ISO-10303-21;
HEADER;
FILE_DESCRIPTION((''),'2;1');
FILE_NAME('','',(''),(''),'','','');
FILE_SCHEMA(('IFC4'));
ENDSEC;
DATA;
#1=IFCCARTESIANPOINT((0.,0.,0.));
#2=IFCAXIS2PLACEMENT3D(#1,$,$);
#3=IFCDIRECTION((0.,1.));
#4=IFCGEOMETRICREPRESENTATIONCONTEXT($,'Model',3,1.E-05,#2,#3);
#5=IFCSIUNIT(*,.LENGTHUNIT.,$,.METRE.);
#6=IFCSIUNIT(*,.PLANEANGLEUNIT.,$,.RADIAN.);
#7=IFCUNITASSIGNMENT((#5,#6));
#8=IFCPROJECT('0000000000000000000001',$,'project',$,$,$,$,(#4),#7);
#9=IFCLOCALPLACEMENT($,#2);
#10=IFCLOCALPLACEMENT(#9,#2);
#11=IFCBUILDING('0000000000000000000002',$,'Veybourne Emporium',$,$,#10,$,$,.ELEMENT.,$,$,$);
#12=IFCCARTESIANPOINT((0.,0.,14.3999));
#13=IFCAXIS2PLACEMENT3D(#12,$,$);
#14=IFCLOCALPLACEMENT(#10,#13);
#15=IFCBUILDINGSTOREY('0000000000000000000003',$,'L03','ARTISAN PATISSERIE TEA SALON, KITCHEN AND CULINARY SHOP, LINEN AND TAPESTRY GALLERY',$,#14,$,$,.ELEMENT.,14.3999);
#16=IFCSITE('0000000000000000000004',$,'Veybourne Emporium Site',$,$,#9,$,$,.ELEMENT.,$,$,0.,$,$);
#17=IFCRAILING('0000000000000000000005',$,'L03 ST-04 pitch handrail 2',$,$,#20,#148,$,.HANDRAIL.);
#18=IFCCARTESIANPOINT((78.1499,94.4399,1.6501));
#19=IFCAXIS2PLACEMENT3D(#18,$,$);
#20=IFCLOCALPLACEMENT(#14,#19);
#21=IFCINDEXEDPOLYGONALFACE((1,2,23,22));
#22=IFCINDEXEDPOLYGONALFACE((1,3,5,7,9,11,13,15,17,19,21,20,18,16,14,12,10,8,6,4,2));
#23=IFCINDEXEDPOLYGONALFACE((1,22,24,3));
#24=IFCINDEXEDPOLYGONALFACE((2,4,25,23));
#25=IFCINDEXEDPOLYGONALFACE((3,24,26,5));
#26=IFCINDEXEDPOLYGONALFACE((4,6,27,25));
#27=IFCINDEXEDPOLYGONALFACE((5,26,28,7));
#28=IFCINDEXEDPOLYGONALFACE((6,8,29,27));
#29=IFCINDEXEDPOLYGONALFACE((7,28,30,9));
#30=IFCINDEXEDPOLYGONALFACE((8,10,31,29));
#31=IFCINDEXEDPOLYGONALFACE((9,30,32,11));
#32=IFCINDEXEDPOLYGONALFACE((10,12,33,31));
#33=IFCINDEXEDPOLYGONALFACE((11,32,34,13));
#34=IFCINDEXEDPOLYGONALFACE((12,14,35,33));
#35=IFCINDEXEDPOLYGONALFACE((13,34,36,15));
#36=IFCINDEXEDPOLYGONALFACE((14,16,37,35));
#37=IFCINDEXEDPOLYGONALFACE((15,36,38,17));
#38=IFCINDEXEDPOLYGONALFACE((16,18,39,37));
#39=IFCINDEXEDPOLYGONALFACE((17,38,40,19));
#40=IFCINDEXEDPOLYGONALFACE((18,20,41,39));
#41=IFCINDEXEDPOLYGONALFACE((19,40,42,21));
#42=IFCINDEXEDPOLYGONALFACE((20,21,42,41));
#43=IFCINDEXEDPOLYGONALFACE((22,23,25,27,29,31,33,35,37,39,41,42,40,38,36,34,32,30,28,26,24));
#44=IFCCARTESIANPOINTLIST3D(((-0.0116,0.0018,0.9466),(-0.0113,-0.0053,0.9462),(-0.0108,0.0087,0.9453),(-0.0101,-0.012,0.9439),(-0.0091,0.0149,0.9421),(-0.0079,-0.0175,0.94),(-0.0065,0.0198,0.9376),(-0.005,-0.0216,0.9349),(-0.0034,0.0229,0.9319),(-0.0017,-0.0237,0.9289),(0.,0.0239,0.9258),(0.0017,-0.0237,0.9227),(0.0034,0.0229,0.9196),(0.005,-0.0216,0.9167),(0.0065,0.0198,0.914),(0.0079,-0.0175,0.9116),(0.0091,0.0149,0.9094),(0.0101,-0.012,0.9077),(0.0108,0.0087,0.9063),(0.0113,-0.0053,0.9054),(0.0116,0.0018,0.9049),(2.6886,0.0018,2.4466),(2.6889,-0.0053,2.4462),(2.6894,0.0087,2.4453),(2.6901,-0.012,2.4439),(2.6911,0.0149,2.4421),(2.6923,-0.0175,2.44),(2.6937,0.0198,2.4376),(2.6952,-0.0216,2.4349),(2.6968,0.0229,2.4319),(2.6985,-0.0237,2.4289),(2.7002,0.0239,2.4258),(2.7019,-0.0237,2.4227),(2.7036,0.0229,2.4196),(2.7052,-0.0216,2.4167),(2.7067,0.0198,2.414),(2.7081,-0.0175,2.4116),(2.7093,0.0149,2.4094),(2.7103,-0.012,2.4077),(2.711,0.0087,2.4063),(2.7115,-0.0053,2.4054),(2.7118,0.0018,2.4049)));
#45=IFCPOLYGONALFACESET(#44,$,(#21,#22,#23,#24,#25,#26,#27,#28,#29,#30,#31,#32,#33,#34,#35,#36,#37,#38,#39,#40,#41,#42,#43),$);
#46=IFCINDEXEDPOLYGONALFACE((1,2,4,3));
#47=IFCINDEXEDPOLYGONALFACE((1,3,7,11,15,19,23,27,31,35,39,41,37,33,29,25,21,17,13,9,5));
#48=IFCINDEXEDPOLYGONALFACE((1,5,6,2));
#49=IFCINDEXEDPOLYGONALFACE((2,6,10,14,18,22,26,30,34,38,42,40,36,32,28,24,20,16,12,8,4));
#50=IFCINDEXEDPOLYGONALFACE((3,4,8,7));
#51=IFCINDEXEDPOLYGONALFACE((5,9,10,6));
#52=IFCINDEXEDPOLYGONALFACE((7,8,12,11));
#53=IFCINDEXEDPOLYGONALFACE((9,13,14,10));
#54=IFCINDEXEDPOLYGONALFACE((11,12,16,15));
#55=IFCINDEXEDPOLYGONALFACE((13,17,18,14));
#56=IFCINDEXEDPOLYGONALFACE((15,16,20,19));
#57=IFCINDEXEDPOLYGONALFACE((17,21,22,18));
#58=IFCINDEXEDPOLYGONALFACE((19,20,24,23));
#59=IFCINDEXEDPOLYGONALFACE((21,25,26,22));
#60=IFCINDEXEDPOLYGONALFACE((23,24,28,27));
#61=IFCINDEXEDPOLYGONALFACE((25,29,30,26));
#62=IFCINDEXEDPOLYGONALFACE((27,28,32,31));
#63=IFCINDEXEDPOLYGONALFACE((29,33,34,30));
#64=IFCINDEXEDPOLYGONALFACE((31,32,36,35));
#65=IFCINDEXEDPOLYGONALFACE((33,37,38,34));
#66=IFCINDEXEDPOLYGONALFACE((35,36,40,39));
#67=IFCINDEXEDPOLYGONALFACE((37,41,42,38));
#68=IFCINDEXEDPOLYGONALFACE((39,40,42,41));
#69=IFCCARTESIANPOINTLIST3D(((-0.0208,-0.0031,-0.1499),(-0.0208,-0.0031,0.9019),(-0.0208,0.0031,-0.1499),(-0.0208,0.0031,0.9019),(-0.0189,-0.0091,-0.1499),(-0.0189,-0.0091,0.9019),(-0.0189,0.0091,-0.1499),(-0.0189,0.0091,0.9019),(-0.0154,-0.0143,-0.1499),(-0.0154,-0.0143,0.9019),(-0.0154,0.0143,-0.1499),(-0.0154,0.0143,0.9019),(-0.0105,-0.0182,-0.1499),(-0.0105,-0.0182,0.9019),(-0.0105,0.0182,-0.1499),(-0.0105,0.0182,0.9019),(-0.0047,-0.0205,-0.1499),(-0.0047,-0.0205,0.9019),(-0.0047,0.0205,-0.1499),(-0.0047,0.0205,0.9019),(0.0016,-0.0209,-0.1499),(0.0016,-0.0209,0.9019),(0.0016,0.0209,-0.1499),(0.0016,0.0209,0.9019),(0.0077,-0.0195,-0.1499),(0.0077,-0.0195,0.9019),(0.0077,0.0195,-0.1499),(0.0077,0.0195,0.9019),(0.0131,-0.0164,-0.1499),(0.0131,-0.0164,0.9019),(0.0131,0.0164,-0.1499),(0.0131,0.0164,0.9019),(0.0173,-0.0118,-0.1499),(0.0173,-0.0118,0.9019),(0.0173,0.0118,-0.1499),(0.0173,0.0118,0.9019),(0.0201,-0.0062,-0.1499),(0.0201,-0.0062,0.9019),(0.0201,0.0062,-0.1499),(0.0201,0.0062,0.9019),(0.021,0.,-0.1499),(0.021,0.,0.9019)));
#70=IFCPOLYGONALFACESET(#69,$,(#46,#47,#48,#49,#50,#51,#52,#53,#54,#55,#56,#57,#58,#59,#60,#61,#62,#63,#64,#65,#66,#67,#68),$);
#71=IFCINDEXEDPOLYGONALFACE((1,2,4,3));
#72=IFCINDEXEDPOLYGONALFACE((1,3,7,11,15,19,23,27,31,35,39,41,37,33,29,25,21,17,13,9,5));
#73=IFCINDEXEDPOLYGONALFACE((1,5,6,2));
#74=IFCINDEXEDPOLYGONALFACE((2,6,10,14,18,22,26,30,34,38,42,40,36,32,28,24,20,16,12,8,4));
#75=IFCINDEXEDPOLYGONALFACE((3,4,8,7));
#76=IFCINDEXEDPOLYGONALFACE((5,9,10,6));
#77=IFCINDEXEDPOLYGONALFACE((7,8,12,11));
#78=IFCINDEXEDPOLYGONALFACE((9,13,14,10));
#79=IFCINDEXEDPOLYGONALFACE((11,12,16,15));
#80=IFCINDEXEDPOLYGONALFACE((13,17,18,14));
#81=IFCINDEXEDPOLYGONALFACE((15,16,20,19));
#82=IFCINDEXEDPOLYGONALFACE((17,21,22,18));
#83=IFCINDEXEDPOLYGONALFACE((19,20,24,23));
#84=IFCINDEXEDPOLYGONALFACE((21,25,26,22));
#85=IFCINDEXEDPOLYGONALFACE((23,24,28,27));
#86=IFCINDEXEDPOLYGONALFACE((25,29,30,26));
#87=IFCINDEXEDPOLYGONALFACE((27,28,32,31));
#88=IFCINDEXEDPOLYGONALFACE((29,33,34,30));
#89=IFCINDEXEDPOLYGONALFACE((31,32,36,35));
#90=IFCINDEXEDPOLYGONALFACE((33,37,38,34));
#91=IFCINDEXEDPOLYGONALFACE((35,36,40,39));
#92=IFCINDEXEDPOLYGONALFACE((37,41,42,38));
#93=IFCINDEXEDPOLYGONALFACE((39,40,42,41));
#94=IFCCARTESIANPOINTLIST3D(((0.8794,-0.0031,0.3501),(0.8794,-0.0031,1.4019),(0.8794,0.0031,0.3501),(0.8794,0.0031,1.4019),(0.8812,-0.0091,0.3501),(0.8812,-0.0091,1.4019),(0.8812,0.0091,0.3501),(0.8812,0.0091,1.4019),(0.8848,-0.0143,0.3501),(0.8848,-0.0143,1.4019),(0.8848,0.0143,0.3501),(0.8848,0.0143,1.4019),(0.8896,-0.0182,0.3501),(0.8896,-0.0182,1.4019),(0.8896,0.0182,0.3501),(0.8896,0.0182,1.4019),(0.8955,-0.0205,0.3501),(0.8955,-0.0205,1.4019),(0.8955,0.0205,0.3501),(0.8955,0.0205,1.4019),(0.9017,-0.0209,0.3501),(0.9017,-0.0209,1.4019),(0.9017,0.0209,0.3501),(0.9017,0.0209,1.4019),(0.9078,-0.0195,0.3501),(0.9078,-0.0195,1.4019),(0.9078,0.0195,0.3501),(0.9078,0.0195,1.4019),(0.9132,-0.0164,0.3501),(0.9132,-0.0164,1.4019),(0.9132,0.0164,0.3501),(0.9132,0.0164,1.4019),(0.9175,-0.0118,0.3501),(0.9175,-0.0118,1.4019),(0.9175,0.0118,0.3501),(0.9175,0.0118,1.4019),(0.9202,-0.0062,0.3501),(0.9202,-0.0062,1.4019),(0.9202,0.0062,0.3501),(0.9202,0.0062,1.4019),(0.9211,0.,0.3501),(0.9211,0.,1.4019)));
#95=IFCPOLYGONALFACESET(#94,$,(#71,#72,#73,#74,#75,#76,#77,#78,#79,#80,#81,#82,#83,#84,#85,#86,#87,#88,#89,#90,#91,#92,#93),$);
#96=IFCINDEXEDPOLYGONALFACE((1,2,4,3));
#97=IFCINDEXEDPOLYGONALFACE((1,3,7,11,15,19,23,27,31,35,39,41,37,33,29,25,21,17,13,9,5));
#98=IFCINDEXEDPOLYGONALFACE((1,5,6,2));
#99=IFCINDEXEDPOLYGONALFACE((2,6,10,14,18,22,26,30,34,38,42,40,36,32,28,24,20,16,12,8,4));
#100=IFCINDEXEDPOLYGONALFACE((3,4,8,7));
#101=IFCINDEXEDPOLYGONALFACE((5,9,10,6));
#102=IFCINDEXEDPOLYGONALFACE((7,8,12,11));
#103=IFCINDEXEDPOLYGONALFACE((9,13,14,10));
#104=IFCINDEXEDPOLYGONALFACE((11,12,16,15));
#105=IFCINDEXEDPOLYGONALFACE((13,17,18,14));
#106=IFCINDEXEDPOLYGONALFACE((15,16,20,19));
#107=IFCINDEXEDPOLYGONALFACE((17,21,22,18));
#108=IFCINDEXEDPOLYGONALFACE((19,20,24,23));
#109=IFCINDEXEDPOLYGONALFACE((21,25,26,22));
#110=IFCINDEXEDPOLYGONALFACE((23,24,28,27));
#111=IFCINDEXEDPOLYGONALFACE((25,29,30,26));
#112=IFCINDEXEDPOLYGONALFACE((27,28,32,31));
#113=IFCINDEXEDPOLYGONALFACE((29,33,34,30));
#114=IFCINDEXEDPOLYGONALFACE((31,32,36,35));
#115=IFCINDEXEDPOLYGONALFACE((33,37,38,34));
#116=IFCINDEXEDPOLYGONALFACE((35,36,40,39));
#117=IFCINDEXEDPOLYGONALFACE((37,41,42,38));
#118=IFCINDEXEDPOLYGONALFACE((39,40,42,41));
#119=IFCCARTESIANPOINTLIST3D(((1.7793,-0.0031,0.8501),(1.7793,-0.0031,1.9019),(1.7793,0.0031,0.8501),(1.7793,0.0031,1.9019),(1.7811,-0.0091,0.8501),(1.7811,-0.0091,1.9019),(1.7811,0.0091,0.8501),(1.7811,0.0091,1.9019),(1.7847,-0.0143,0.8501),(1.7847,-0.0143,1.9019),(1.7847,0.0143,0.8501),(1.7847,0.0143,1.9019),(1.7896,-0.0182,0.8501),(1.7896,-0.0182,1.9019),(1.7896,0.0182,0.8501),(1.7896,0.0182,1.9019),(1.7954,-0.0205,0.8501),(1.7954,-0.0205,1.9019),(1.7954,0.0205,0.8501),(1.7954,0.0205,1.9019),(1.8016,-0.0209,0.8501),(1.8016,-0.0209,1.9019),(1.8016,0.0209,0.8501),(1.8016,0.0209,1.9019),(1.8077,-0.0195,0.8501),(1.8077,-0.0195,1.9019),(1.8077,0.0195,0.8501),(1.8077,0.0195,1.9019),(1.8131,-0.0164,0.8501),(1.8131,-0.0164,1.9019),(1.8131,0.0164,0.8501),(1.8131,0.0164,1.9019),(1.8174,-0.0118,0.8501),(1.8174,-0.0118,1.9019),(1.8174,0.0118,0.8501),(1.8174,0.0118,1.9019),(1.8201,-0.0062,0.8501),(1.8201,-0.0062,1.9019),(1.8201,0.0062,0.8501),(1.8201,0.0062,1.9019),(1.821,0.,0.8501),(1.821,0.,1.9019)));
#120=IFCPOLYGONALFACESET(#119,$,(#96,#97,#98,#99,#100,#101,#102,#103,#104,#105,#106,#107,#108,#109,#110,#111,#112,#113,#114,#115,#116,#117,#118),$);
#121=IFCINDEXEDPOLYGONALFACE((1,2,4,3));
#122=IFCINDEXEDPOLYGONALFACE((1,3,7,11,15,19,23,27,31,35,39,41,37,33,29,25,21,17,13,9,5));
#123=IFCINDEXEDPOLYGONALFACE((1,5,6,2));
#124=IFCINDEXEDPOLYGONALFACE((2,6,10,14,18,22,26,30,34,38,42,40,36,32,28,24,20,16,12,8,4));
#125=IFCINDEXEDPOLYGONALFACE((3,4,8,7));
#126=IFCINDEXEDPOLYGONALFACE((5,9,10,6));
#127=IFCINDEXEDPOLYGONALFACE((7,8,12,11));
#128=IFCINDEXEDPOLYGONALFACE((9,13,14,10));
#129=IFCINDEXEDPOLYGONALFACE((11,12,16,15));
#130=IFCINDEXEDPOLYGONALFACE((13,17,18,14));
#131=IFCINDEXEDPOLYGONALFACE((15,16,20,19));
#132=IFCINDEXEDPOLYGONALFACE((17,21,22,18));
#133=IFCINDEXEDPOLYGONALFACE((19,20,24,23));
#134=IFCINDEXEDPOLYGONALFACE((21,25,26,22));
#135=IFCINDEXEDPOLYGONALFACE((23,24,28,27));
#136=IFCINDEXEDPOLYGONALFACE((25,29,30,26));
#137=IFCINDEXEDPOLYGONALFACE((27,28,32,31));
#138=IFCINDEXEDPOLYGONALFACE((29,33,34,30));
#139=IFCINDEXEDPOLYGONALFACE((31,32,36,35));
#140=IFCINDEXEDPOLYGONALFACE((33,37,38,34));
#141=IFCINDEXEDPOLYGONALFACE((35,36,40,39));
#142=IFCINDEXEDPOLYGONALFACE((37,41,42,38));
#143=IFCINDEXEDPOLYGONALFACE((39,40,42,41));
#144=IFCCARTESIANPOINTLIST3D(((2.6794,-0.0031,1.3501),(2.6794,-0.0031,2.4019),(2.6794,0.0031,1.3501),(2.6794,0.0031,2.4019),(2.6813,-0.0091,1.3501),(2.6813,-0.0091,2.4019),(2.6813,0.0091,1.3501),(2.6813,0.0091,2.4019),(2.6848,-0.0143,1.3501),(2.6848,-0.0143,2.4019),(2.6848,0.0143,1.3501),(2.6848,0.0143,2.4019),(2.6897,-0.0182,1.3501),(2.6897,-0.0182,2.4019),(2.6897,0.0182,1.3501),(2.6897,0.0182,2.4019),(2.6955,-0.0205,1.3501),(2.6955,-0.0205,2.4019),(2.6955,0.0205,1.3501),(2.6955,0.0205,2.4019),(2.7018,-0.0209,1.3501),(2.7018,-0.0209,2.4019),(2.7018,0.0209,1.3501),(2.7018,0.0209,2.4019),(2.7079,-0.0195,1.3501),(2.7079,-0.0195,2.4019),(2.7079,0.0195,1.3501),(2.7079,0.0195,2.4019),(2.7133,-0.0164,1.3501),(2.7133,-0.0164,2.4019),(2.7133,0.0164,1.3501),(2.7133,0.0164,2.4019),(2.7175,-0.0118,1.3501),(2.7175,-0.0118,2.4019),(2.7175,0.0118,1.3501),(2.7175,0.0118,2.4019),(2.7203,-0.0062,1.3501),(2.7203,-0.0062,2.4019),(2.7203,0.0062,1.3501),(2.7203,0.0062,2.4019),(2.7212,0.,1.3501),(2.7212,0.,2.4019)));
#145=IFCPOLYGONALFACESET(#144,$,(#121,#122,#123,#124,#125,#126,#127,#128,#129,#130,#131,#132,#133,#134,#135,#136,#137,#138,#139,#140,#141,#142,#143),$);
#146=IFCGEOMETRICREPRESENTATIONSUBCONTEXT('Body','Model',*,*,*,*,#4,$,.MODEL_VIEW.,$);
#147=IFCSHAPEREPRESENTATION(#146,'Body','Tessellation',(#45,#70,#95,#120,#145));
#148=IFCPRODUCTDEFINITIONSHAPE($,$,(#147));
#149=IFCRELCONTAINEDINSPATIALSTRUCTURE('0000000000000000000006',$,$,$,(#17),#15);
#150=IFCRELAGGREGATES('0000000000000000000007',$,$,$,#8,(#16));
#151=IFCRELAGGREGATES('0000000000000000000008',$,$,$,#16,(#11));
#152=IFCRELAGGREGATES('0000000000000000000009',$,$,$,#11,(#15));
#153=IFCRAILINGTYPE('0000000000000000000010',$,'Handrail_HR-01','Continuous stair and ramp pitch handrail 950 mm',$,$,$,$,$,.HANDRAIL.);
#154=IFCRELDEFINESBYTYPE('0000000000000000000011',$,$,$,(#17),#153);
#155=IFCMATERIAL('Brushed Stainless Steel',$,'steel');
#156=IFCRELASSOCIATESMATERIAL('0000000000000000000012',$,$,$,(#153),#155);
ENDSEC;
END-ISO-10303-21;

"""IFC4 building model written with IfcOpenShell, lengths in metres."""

from ifc_helpers import new_model, si_unit, direction, frame, origin, origin_2d, place, context, subcontext, project, spatial, circle, extrude, material, type_object, element, save


model = new_model("IFC4")

# Units and contexts
model_context = context("Model", 3, precision=1e-05, world=origin(), true_north=direction((0.0, 1.0)))
body_context = subcontext(model_context, "Body", "Model", "MODEL_VIEW")
ifc_project = project(units=[si_unit("LENGTHUNIT", "METRE"), si_unit("PLANEANGLEUNIT", "RADIAN")], contexts=[model_context])

# Site, building, storey
site_placement = place(None, origin())
site = spatial("IfcSite", under=ifc_project, at=site_placement, Name="Veybourne Emporium Site", CompositionType="ELEMENT", RefElevation=0.0)
building_placement = place(site_placement, origin())
building = spatial("IfcBuilding", under=site, at=building_placement, Name="Veybourne Emporium", CompositionType="ELEMENT")
storey_placement = place(building_placement, frame((0.0, 0.0, 14.3999)))
storey = spatial("IfcBuildingStorey", under=building, at=storey_placement, Name="L03", Description="ARTISAN PATISSERIE TEA SALON, KITCHEN AND CULINARY SHOP, LINEN AND TAPESTRY GALLERY", CompositionType="ELEMENT", Elevation=14.3999)

# Railing
ifc_material_1 = material(Name="Brushed Stainless Steel", Category="steel")
railing_type_1 = type_object("IfcRailingType", Name="Handrail_HR-01", Description="Continuous stair and ramp pitch handrail 950 mm", PredefinedType="HANDRAIL", material=ifc_material_1)
railing_1_placement = place(storey_placement, frame((78.1499, 94.4399, 1.6501)))
element("IfcRailing", 1, at=railing_1_placement, inside=storey, type_object=railing_type_1, Name="L03 ST-04 pitch handrail 2", PredefinedType="HANDRAIL", context=body_context, shape_type="SweptSolid", body=[
    extrude(circle(Radius=0.0239, at=origin_2d()), frame((0.0, 0.0, 0.9258), z_axis=(0.874172, 0.0, 0.485616), x_axis=(0.0, 1.0, 0.0)), (0.0, 0.0, 1.0), 3.0889),
    extrude(circle(Radius=0.021, at=origin_2d()), frame((0.0, 0.0, -0.1499)), (0.0, 0.0, 1.0), 1.0518),
    extrude(circle(Radius=0.021, at=origin_2d()), frame((0.9001, 0.0, 0.3501)), (0.0, 0.0, 1.0), 1.0518),
    extrude(circle(Radius=0.021, at=origin_2d()), frame((1.8, 0.0, 0.8501)), (0.0, 0.0, 1.0), 1.0518),
    extrude(circle(Radius=0.021, at=origin_2d()), frame((2.7002, 0.0, 1.3501)), (0.0, 0.0, 1.0), 1.0518),
])

save(model, "model.ifc")
